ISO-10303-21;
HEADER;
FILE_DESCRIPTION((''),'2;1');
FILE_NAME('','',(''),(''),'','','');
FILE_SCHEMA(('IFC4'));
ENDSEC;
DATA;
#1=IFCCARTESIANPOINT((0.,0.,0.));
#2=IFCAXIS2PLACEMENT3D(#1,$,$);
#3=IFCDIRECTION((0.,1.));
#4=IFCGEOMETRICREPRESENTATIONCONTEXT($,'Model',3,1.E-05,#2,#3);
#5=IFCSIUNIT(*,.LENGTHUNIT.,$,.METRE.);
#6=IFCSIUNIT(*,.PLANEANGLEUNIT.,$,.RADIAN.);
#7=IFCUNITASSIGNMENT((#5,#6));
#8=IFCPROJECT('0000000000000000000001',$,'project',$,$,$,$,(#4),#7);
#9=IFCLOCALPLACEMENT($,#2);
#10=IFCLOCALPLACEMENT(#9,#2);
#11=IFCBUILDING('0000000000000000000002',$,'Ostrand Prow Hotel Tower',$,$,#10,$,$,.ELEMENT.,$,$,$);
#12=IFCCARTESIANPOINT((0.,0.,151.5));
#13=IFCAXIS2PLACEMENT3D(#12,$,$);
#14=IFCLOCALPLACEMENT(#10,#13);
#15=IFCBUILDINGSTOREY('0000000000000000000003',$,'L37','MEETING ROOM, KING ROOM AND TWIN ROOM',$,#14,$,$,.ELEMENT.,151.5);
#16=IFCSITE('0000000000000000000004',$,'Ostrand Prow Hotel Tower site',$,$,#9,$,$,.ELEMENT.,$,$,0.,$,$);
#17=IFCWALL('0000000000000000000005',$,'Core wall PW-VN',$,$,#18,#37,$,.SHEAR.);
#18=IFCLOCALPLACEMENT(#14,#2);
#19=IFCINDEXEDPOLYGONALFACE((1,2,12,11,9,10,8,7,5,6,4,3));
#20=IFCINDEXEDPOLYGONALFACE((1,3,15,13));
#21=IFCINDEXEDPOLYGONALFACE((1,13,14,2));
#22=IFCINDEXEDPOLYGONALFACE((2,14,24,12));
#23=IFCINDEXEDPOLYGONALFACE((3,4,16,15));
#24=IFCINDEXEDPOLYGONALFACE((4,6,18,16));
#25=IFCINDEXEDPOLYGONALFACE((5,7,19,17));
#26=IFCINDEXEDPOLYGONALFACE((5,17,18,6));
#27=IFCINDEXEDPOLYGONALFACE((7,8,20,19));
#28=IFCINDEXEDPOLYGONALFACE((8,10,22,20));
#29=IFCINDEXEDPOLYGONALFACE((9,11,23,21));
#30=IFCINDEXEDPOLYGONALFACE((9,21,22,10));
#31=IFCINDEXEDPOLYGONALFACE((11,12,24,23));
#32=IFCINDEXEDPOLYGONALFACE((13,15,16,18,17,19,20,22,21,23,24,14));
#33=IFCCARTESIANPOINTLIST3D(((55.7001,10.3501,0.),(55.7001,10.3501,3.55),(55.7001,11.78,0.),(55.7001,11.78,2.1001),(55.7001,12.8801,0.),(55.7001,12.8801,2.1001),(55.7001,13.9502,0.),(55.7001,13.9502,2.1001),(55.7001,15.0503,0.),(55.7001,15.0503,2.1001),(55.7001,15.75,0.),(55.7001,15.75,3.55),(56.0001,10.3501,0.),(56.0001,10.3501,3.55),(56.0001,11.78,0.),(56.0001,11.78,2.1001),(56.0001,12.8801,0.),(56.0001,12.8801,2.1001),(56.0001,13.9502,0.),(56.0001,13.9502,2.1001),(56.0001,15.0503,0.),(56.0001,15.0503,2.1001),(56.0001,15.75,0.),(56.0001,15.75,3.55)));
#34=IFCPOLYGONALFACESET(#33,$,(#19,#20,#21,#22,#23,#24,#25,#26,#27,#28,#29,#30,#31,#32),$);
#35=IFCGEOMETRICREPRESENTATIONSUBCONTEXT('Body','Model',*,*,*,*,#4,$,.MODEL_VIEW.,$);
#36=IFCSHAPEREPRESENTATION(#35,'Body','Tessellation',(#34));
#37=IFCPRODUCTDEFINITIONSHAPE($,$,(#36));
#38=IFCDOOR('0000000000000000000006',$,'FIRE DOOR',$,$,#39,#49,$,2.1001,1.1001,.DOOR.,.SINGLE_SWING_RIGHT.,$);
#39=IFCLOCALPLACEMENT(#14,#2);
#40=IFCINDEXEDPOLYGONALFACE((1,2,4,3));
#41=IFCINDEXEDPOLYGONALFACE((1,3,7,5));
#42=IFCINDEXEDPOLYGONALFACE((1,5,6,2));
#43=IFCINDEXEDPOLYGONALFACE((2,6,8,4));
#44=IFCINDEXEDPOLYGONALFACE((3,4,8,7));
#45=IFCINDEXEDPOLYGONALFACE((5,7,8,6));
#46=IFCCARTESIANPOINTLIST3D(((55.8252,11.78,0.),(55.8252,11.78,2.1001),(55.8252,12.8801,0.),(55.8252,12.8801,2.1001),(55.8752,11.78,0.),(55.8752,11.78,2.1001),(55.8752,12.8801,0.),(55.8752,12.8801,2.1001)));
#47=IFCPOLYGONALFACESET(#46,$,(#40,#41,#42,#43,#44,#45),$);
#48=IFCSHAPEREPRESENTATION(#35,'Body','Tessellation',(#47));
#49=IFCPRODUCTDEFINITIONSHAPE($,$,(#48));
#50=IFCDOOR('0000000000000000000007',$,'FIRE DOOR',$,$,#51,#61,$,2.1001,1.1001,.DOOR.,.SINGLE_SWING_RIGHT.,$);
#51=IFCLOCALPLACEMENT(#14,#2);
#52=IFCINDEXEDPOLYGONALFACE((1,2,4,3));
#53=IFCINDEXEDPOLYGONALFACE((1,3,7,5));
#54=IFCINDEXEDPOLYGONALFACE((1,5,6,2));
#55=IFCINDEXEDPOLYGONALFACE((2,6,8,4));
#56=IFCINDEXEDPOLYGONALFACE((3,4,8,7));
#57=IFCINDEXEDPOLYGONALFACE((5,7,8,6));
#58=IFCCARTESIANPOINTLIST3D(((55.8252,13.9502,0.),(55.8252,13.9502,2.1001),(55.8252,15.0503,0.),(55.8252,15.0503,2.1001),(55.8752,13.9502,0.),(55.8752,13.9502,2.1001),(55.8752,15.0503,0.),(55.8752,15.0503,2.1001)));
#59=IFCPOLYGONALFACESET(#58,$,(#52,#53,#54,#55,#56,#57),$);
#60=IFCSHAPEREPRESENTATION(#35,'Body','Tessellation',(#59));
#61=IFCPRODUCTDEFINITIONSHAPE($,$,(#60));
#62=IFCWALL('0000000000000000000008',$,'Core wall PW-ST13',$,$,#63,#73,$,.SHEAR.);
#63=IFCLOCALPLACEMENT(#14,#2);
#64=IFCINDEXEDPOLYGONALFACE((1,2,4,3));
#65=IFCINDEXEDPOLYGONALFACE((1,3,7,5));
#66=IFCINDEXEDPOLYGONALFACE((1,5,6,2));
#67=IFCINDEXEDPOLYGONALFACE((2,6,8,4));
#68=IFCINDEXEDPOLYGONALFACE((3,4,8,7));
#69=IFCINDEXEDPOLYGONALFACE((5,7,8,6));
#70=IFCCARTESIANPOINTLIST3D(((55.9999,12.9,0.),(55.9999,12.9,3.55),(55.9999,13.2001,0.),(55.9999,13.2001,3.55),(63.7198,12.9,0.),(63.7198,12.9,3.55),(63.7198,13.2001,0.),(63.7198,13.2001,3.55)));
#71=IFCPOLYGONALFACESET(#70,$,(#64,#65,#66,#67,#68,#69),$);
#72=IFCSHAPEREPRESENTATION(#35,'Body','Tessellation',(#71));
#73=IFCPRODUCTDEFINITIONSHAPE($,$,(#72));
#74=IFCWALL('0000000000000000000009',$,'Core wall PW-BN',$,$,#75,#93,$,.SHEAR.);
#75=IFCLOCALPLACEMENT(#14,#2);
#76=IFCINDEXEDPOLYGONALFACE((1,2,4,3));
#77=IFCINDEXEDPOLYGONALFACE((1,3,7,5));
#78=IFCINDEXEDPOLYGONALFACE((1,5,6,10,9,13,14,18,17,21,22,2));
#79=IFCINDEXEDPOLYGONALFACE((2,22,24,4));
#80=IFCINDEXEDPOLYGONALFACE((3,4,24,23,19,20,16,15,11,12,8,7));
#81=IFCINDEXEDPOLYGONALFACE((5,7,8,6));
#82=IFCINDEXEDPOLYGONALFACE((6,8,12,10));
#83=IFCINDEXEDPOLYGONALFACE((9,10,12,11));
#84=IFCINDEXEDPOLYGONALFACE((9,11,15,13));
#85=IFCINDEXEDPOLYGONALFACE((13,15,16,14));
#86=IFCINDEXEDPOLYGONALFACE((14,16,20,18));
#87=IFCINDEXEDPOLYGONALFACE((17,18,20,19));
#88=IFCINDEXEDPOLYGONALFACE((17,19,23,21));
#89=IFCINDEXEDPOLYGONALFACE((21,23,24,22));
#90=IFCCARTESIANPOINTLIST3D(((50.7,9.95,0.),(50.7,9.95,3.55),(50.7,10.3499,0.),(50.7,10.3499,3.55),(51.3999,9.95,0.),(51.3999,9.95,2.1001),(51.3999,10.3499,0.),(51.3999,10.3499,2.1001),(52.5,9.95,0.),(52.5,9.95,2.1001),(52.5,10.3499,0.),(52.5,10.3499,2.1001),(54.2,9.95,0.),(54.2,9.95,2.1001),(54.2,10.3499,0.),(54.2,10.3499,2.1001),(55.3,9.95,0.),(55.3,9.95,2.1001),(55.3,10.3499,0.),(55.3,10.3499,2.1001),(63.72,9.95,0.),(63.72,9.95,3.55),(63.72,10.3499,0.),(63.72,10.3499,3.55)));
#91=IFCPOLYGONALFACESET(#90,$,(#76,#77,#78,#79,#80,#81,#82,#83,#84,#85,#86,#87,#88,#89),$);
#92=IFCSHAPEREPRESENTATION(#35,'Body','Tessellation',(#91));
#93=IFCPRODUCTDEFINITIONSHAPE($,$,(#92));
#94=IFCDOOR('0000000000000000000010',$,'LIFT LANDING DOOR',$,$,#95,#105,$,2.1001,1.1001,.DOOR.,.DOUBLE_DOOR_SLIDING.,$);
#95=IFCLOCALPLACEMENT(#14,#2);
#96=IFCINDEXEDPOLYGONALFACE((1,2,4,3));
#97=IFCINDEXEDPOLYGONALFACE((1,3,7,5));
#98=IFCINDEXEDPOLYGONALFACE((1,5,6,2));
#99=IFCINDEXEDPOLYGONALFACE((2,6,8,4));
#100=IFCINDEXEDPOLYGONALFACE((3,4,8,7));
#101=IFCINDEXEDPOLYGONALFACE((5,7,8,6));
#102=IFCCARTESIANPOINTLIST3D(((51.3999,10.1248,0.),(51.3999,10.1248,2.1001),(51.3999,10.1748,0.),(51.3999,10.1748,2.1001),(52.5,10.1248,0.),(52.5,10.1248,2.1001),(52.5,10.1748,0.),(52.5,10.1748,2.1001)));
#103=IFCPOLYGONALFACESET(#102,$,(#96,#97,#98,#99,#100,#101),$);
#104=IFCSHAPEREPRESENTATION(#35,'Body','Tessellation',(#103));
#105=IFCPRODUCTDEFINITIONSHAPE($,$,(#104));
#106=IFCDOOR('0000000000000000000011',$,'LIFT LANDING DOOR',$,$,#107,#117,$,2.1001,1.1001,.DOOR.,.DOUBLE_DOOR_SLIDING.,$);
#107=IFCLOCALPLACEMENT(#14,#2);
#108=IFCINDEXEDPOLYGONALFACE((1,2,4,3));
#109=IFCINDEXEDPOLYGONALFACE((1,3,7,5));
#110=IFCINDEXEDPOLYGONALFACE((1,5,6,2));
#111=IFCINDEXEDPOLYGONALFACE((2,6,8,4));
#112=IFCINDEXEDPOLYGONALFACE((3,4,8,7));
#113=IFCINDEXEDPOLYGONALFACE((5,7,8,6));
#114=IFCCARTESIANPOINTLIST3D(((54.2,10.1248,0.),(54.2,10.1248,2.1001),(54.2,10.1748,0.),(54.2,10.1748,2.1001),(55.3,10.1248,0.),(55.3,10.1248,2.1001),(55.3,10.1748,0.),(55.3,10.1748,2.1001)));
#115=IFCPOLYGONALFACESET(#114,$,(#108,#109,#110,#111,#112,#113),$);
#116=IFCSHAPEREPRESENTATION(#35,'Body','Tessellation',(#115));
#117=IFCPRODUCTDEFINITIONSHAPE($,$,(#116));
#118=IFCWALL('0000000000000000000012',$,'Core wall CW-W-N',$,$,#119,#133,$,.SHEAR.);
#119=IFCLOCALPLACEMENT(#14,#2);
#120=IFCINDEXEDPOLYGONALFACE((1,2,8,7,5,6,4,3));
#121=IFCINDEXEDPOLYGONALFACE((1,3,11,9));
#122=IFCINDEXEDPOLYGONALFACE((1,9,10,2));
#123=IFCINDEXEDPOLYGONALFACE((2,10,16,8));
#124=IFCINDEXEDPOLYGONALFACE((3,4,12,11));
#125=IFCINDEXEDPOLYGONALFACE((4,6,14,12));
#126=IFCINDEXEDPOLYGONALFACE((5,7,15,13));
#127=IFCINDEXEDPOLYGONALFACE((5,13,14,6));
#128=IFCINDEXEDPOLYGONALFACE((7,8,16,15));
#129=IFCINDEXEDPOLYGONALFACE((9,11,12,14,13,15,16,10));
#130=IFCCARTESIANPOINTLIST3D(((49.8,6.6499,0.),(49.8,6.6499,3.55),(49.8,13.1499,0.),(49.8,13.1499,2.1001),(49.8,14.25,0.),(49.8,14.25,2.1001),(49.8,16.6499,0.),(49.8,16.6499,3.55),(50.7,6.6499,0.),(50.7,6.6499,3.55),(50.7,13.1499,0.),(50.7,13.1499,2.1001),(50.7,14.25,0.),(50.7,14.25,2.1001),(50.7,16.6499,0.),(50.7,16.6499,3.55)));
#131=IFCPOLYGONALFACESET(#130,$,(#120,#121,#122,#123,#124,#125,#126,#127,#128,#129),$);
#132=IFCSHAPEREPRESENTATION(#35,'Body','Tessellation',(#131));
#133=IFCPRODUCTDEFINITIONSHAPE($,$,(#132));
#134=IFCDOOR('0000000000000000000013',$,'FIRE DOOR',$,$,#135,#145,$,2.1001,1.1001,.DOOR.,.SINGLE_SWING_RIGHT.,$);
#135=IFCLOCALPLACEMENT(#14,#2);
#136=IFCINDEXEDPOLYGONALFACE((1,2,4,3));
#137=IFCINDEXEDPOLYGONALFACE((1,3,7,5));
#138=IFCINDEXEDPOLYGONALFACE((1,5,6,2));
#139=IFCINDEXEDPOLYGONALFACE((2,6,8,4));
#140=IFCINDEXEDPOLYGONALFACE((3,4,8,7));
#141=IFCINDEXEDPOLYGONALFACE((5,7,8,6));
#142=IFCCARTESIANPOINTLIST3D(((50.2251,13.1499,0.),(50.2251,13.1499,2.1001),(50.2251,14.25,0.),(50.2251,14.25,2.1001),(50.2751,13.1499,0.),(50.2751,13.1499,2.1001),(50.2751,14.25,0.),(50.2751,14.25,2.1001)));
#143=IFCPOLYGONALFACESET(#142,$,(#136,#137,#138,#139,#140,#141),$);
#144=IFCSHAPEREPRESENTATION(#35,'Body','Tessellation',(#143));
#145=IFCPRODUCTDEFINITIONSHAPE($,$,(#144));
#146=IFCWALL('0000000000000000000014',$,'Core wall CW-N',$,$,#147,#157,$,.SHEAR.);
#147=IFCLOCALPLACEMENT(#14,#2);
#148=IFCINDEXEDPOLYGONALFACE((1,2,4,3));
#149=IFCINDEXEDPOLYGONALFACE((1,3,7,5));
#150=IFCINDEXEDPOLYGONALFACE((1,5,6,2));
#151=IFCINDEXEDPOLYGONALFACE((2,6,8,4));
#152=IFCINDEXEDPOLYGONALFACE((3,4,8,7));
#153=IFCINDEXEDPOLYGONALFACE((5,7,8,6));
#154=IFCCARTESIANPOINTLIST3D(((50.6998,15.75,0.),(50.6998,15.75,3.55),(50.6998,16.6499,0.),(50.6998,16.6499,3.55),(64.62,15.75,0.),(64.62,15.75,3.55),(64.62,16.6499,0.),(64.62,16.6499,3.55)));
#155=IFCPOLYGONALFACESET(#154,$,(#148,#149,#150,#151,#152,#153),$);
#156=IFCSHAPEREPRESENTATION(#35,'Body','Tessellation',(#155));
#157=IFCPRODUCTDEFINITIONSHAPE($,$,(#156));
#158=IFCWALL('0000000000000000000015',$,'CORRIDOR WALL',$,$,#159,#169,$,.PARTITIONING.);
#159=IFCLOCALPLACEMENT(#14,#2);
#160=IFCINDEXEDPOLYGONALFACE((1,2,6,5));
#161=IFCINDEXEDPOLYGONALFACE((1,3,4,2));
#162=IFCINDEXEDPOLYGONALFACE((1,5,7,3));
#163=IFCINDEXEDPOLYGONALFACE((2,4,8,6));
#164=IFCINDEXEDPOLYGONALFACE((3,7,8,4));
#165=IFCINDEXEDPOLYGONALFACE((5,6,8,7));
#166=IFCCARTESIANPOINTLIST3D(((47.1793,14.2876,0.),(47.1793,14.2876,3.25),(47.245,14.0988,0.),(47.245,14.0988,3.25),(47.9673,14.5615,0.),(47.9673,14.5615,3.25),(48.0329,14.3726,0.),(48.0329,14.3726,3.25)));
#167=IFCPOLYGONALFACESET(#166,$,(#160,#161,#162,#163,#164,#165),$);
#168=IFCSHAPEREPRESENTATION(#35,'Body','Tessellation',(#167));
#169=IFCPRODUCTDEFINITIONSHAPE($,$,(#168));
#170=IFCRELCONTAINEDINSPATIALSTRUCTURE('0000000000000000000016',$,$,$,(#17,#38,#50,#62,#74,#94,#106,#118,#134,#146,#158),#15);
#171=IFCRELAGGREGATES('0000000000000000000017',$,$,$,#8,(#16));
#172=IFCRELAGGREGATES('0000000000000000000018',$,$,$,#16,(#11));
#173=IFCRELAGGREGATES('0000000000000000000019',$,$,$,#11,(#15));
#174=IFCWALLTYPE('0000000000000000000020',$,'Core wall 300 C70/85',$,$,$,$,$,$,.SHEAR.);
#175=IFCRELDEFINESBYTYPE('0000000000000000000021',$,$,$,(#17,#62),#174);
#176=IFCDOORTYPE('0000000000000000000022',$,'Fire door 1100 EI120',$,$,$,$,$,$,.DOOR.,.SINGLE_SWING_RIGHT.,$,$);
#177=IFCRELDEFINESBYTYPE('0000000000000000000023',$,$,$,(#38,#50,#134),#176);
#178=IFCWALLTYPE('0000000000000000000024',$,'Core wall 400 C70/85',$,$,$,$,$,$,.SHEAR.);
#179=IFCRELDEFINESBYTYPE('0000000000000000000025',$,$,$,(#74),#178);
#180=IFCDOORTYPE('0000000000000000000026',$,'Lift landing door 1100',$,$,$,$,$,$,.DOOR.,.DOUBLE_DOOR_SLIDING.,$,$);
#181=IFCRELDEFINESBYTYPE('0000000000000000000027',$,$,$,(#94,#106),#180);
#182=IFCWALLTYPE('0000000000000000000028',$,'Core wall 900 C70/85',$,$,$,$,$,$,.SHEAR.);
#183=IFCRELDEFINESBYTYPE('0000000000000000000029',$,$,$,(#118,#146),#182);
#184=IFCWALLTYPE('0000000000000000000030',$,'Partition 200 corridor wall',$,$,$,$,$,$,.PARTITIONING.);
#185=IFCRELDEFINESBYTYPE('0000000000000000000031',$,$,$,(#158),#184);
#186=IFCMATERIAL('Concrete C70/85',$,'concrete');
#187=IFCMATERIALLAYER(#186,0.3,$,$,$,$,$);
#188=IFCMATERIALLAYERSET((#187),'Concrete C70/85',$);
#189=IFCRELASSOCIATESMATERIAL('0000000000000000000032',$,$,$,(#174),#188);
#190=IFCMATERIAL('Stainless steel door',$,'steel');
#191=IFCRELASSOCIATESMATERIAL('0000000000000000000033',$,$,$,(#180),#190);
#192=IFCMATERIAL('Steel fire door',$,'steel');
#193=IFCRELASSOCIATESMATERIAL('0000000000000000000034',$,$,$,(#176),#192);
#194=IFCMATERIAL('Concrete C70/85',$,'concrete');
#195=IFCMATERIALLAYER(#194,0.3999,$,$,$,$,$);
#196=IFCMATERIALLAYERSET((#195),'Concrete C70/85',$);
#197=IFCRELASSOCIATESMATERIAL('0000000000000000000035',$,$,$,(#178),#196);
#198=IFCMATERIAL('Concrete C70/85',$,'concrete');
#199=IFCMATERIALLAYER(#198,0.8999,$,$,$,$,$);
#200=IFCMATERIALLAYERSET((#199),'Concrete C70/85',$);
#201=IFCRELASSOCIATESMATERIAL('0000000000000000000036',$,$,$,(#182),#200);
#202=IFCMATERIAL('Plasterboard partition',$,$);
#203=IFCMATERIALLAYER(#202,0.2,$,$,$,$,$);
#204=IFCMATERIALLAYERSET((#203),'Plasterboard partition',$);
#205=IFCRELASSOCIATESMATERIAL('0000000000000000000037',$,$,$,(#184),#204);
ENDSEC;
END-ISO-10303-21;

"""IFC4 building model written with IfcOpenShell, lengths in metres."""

from ifc_helpers import new_model, si_unit, direction, frame, frame_2d, origin, place, context, subcontext, project, spatial, rectangle, extrude, material, layer, layer_set, type_object, element, fill, save


model = new_model("IFC4")

# Units and contexts
model_context = context("Model", 3, precision=1e-05, world=origin(), true_north=direction((0.0, 1.0)))
body_context = subcontext(model_context, "Body", "Model", "MODEL_VIEW")
ifc_project = project(units=[si_unit("LENGTHUNIT", "METRE"), si_unit("PLANEANGLEUNIT", "RADIAN")], contexts=[model_context])

# Site, building, storey
site_placement = place(None, origin())
site = spatial("IfcSite", under=ifc_project, at=site_placement, Name="Ostrand Prow Hotel Tower site", CompositionType="ELEMENT", RefElevation=0.0)
building_placement = place(site_placement, origin())
building = spatial("IfcBuilding", under=site, at=building_placement, Name="Ostrand Prow Hotel Tower", CompositionType="ELEMENT")
storey_placement = place(building_placement, frame((0.0, 0.0, 151.5)))
storey = spatial("IfcBuildingStorey", under=building, at=storey_placement, Name="L37", Description="MEETING ROOM, KING ROOM AND TWIN ROOM", CompositionType="ELEMENT", Elevation=151.5)

# Shared definitions
ifc_material_1 = material(Name="Concrete C70/85", Category="concrete")
ifc_layer_1 = layer(ifc_material_1, 0.3)
ifc_layer_set_1 = layer_set([ifc_layer_1], Name="Concrete C70/85")
wall_type_1 = type_object("IfcWallType", Name="Core wall 300 C70/85", PredefinedType="SHEAR", material=ifc_layer_set_1)
ifc_material_2 = material(Name="Stainless steel door", Category="steel")
door_type_1 = type_object("IfcDoorType", Name="Lift landing door 1100", OperationType="DOUBLE_DOOR_SLIDING", PredefinedType="DOOR", material=ifc_material_2)

# Wall, openings, doors
wall_1_placement = place(storey_placement, frame((55.8501, 10.3501, 0.0), z_axis=(0.0, 0.0, 1.0), x_axis=(0.0, 1.0, 0.0)))
wall_1 = element("IfcWall", 1, at=wall_1_placement, inside=storey, type_object=wall_type_1, Name="Core wall PW-VN", PredefinedType="SHEAR", context=body_context, shape_type="SweptSolid", body=[
    extrude(rectangle(XDim=5.3999, YDim=0.3, at=frame_2d((2.7, 0.0))), origin(), (0.0, 0.0, 1.0), 3.55),
])
opening_1_placement = place(wall_1_placement, frame((1.4299, 0.0, 0.0)))
opening_1 = element("IfcOpeningElement", 2, at=opening_1_placement, cuts=wall_1, PredefinedType="OPENING", context=body_context, shape_type="SweptSolid", body=[
    extrude(rectangle(XDim=1.1001, YDim=2.1001, at=frame_2d((0.55, 1.05))), frame((0.0, 0.1599, 0.0), z_axis=(0.0, -1.0, 0.0), x_axis=(1.0, 0.0, 0.0)), (0.0, 0.0, 1.0), 0.3201),
])
opening_2_placement = place(wall_1_placement, frame((3.6001, 0.0, 0.0)))
opening_2 = element("IfcOpeningElement", 3, at=opening_2_placement, cuts=wall_1, PredefinedType="OPENING", context=body_context, shape_type="SweptSolid", body=[
    extrude(rectangle(XDim=1.1001, YDim=2.1001, at=frame_2d((0.55, 1.05))), frame((0.0, 0.1599, 0.0), z_axis=(0.0, -1.0, 0.0), x_axis=(1.0, 0.0, 0.0)), (0.0, 0.0, 1.0), 0.3201),
])
ifc_material_3 = material(Name="Steel fire door", Category="steel")
door_type_2 = type_object("IfcDoorType", Name="Fire door 1100 EI120", OperationType="SINGLE_SWING_RIGHT", PredefinedType="DOOR", material=ifc_material_3)
door_1_placement = place(opening_1_placement, origin())
door_1 = element("IfcDoor", 4, at=door_1_placement, inside=storey, type_object=door_type_2, Name="FIRE DOOR", OperationType="SINGLE_SWING_RIGHT", OverallHeight=2.1001, OverallWidth=1.1001, PredefinedType="DOOR", context=body_context, shape_type="SweptSolid", body=[
    extrude(rectangle(XDim=1.1001, YDim=2.1001, at=frame_2d((0.55, 1.05))), frame((0.0, 0.0249, 0.0), z_axis=(0.0, -1.0, 0.0), x_axis=(1.0, 0.0, 0.0)), (0.0, 0.0, 1.0), 0.05),
])
fill(opening_1, door_1)
door_2_placement = place(opening_2_placement, origin())
door_2 = element("IfcDoor", 5, at=door_2_placement, inside=storey, type_object=door_type_2, Name="FIRE DOOR", OperationType="SINGLE_SWING_RIGHT", OverallHeight=2.1001, OverallWidth=1.1001, PredefinedType="DOOR", context=body_context, shape_type="SweptSolid", body=[
    extrude(rectangle(XDim=1.1001, YDim=2.1001, at=frame_2d((0.55, 1.05))), frame((0.0, 0.0249, 0.0), z_axis=(0.0, -1.0, 0.0), x_axis=(1.0, 0.0, 0.0)), (0.0, 0.0, 1.0), 0.05),
])
fill(opening_2, door_2)

# Wall
wall_2_placement = place(storey_placement, frame((56.0, 13.05, 0.0), z_axis=(0.0, 0.0, 1.0), x_axis=(1.0, 0.0, 0.0)))
element("IfcWall", 6, at=wall_2_placement, inside=storey, type_object=wall_type_1, Name="Core wall PW-ST13", PredefinedType="SHEAR", context=body_context, shape_type="SweptSolid", body=[
    extrude(rectangle(XDim=7.72, YDim=0.3, at=frame_2d((3.8599, 0.0))), origin(), (0.0, 0.0, 1.0), 3.55),
])

# Wall, openings, doors
ifc_material_4 = material(Name="Concrete C70/85", Category="concrete")
ifc_layer_2 = layer(ifc_material_4, 0.3999)
ifc_layer_set_2 = layer_set([ifc_layer_2], Name="Concrete C70/85")
wall_type_2 = type_object("IfcWallType", Name="Core wall 400 C70/85", PredefinedType="SHEAR", material=ifc_layer_set_2)
wall_3_placement = place(storey_placement, frame((50.7, 10.1499, 0.0), z_axis=(0.0, 0.0, 1.0), x_axis=(1.0, 0.0, 0.0)))
wall_3 = element("IfcWall", 7, at=wall_3_placement, inside=storey, type_object=wall_type_2, Name="Core wall PW-BN", PredefinedType="SHEAR", context=body_context, shape_type="SweptSolid", body=[
    extrude(rectangle(XDim=13.02, YDim=0.3999, at=frame_2d((6.51, 0.0))), origin(), (0.0, 0.0, 1.0), 3.55),
])
opening_3_placement = place(wall_3_placement, frame((0.7, 0.0, 0.0)))
opening_3 = element("IfcOpeningElement", 8, at=opening_3_placement, cuts=wall_3, PredefinedType="OPENING", context=body_context, shape_type="SweptSolid", body=[
    extrude(rectangle(XDim=1.1001, YDim=2.1001, at=frame_2d((0.55, 1.05))), frame((0.0, 0.21, 0.0), z_axis=(0.0, -1.0, 0.0), x_axis=(1.0, 0.0, 0.0)), (0.0, 0.0, 1.0), 0.4199),
])
opening_4_placement = place(wall_3_placement, frame((3.5, 0.0, 0.0)))
opening_4 = element("IfcOpeningElement", 9, at=opening_4_placement, cuts=wall_3, PredefinedType="OPENING", context=body_context, shape_type="SweptSolid", body=[
    extrude(rectangle(XDim=1.1001, YDim=2.1001, at=frame_2d((0.55, 1.05))), frame((0.0, 0.21, 0.0), z_axis=(0.0, -1.0, 0.0), x_axis=(1.0, 0.0, 0.0)), (0.0, 0.0, 1.0), 0.4199),
])
door_3_placement = place(opening_3_placement, origin())
door_3 = element("IfcDoor", 10, at=door_3_placement, inside=storey, type_object=door_type_1, Name="LIFT LANDING DOOR", OperationType="DOUBLE_DOOR_SLIDING", OverallHeight=2.1001, OverallWidth=1.1001, PredefinedType="DOOR", context=body_context, shape_type="SweptSolid", body=[
    extrude(rectangle(XDim=1.1001, YDim=2.1001, at=frame_2d((0.55, 1.05))), frame((0.0, 0.0249, 0.0), z_axis=(0.0, -1.0, 0.0), x_axis=(1.0, 0.0, 0.0)), (0.0, 0.0, 1.0), 0.05),
])
fill(opening_3, door_3)
door_4_placement = place(opening_4_placement, origin())
door_4 = element("IfcDoor", 11, at=door_4_placement, inside=storey, type_object=door_type_1, Name="LIFT LANDING DOOR", OperationType="DOUBLE_DOOR_SLIDING", OverallHeight=2.1001, OverallWidth=1.1001, PredefinedType="DOOR", context=body_context, shape_type="SweptSolid", body=[
    extrude(rectangle(XDim=1.1001, YDim=2.1001, at=frame_2d((0.55, 1.05))), frame((0.0, 0.0249, 0.0), z_axis=(0.0, -1.0, 0.0), x_axis=(1.0, 0.0, 0.0)), (0.0, 0.0, 1.0), 0.05),
])
fill(opening_4, door_4)

# Wall, opening, door
ifc_material_5 = material(Name="Concrete C70/85", Category="concrete")
ifc_layer_3 = layer(ifc_material_5, 0.8999)
ifc_layer_set_3 = layer_set([ifc_layer_3], Name="Concrete C70/85")
wall_type_3 = type_object("IfcWallType", Name="Core wall 900 C70/85", PredefinedType="SHEAR", material=ifc_layer_set_3)
wall_4_placement = place(storey_placement, frame((50.25, 6.6499, 0.0), z_axis=(0.0, 0.0, 1.0), x_axis=(0.0, 1.0, 0.0)))
wall_4 = element("IfcWall", 12, at=wall_4_placement, inside=storey, type_object=wall_type_3, Name="Core wall CW-W-N", PredefinedType="SHEAR", context=body_context, shape_type="SweptSolid", body=[
    extrude(rectangle(XDim=10.0, YDim=0.8999, at=frame_2d((5.0, 0.0))), origin(), (0.0, 0.0, 1.0), 3.55),
])
opening_5_placement = place(wall_4_placement, frame((6.5, 0.0, 0.0)))
opening_5 = element("IfcOpeningElement", 13, at=opening_5_placement, cuts=wall_4, PredefinedType="OPENING", context=body_context, shape_type="SweptSolid", body=[
    extrude(rectangle(XDim=1.1001, YDim=2.1001, at=frame_2d((0.55, 1.05))), frame((0.0, 0.46, 0.0), z_axis=(0.0, -1.0, 0.0), x_axis=(1.0, 0.0, 0.0)), (0.0, 0.0, 1.0), 0.9199),
])
door_5_placement = place(opening_5_placement, origin())
door_5 = element("IfcDoor", 14, at=door_5_placement, inside=storey, type_object=door_type_2, Name="FIRE DOOR", OperationType="SINGLE_SWING_RIGHT", OverallHeight=2.1001, OverallWidth=1.1001, PredefinedType="DOOR", context=body_context, shape_type="SweptSolid", body=[
    extrude(rectangle(XDim=1.1001, YDim=2.1001, at=frame_2d((0.55, 1.05))), frame((0.0, 0.0249, 0.0), z_axis=(0.0, -1.0, 0.0), x_axis=(1.0, 0.0, 0.0)), (0.0, 0.0, 1.0), 0.05),
])
fill(opening_5, door_5)

# Walls
wall_5_placement = place(storey_placement, frame((50.7, 16.2, 0.0), z_axis=(0.0, 0.0, 1.0), x_axis=(1.0, 0.0, 0.0)))
element("IfcWall", 15, at=wall_5_placement, inside=storey, type_object=wall_type_3, Name="Core wall CW-N", PredefinedType="SHEAR", context=body_context, shape_type="SweptSolid", body=[
    extrude(rectangle(XDim=13.9202, YDim=0.8999, at=frame_2d((6.96, 0.0))), origin(), (0.0, 0.0, 1.0), 3.55),
])
ifc_material_6 = material(Name="Plasterboard partition")
ifc_layer_4 = layer(ifc_material_6, 0.2)
ifc_layer_set_4 = layer_set([ifc_layer_4], Name="Plasterboard partition")
wall_type_4 = type_object("IfcWallType", Name="Partition 200 corridor wall", PredefinedType="PARTITIONING", material=ifc_layer_set_4)
wall_6_placement = place(storey_placement, frame((48.0, 14.467, 0.0), z_axis=(0.0, 0.0, 1.0), x_axis=(-0.944568, -0.328316, 0.0)))
element("IfcWall", 16, at=wall_6_placement, inside=storey, type_object=wall_type_4, Name="CORRIDOR WALL", PredefinedType="PARTITIONING", context=body_context, shape_type="SweptSolid", body=[
    extrude(rectangle(XDim=0.8342, YDim=0.2, at=frame_2d((0.417, 0.0))), origin(), (0.0, 0.0, 1.0), 3.25),
])

save(model, "model.ifc")
